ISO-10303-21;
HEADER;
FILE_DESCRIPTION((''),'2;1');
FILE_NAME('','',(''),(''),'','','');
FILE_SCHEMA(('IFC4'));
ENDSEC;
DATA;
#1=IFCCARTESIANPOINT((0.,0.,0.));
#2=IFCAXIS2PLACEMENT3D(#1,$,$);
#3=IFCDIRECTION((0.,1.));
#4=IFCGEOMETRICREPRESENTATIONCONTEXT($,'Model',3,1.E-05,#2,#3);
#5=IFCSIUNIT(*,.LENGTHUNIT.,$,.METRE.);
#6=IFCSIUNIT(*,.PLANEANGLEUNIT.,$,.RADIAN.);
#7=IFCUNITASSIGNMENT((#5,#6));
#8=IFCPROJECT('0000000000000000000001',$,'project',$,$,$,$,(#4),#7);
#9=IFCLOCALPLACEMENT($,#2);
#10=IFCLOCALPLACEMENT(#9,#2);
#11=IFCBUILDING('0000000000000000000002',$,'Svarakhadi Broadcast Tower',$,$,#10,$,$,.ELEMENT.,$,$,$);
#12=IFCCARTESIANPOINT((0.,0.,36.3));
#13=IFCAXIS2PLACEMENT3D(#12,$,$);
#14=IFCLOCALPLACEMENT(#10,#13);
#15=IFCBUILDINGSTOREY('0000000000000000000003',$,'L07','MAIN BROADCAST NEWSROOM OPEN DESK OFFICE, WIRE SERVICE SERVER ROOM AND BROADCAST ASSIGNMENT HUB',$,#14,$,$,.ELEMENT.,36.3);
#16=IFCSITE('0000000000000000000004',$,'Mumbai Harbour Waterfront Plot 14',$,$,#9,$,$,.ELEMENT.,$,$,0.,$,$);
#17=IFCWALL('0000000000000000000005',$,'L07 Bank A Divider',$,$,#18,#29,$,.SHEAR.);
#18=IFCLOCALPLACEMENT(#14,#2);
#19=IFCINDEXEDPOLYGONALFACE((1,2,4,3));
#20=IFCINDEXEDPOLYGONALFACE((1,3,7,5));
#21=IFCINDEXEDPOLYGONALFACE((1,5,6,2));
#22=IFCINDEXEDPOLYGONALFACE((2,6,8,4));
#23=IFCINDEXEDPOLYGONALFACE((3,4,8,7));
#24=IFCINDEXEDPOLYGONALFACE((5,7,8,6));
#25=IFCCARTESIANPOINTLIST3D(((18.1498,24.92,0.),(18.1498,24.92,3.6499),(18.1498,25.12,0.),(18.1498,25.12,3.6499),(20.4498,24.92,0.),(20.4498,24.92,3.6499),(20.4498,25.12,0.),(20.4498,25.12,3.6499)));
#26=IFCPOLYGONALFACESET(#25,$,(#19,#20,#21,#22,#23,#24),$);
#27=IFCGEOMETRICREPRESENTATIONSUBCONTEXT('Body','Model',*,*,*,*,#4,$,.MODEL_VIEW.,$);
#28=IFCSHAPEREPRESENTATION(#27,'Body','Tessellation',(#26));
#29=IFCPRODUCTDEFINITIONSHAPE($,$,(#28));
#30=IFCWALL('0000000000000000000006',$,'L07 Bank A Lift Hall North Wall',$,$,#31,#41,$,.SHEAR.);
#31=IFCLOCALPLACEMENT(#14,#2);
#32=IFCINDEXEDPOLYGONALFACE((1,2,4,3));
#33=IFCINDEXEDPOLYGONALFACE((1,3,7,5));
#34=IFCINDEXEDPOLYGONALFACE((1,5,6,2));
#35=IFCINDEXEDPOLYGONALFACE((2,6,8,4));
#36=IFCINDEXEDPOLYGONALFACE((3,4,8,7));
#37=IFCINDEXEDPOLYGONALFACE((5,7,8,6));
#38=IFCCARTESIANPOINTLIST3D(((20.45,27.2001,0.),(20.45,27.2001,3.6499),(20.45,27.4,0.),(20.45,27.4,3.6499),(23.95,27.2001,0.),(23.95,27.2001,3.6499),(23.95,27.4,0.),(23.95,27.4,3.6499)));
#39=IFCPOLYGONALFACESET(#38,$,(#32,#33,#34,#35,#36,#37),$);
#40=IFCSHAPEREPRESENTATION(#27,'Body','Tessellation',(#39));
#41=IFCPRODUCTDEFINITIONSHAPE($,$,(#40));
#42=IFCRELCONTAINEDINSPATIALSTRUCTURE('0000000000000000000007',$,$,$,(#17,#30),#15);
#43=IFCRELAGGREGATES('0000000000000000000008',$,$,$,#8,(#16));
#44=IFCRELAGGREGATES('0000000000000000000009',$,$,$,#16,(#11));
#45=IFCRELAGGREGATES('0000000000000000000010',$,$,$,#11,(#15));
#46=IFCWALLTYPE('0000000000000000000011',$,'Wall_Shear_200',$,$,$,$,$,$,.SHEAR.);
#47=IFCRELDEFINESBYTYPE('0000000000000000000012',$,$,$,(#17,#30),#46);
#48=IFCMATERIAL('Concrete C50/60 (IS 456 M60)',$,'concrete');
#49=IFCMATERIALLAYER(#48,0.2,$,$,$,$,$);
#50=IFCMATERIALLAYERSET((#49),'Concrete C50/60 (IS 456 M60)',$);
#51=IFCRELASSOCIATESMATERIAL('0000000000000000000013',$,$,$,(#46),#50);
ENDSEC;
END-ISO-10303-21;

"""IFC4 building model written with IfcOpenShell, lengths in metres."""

from ifc_helpers import new_model, si_unit, direction, frame, frame_2d, origin, place, context, subcontext, project, spatial, rectangle, extrude, material, layer, layer_set, type_object, element, save


model = new_model("IFC4")

# Units and contexts
model_context = context("Model", 3, precision=1e-05, world=origin(), true_north=direction((0.0, 1.0)))
body_context = subcontext(model_context, "Body", "Model", "MODEL_VIEW")
ifc_project = project(units=[si_unit("LENGTHUNIT", "METRE"), si_unit("PLANEANGLEUNIT", "RADIAN")], contexts=[model_context])

# Site, building, storey
site_placement = place(None, origin())
site = spatial("IfcSite", under=ifc_project, at=site_placement, Name="Mumbai Harbour Waterfront Plot 14", CompositionType="ELEMENT", RefElevation=0.0)
building_placement = place(site_placement, origin())
building = spatial("IfcBuilding", under=site, at=building_placement, Name="Svarakhadi Broadcast Tower", CompositionType="ELEMENT")
storey_placement = place(building_placement, frame((0.0, 0.0, 36.3)))
storey = spatial("IfcBuildingStorey", under=building, at=storey_placement, Name="L07", Description="MAIN BROADCAST NEWSROOM OPEN DESK OFFICE, WIRE SERVICE SERVER ROOM AND BROADCAST ASSIGNMENT HUB", CompositionType="ELEMENT", Elevation=36.3)

# Walls
ifc_material_1 = material(Name="Concrete C50/60 (IS 456 M60)", Category="concrete")
ifc_layer_1 = layer(ifc_material_1, 0.2)
ifc_layer_set_1 = layer_set([ifc_layer_1], Name="Concrete C50/60 (IS 456 M60)")
wall_type_1 = type_object("IfcWallType", Name="Wall_Shear_200", PredefinedType="SHEAR", material=ifc_layer_set_1)
wall_1_placement = place(storey_placement, frame((18.1499, 25.02, 0.0), z_axis=(0.0, 0.0, 1.0), x_axis=(1.0, 0.0, 0.0)))
element("IfcWall", 1, at=wall_1_placement, inside=storey, type_object=wall_type_1, Name="L07 Bank A Divider", PredefinedType="SHEAR", context=body_context, shape_type="SweptSolid", body=[
    extrude(rectangle(XDim=2.3, YDim=0.2, at=frame_2d((1.1499, 0.0))), origin(), (0.0, 0.0, 1.0), 3.6499),
])
wall_2_placement = place(storey_placement, frame((20.45, 27.3, 0.0), z_axis=(0.0, 0.0, 1.0), x_axis=(1.0, 0.0, 0.0)))
element("IfcWall", 2, at=wall_2_placement, inside=storey, type_object=wall_type_1, Name="L07 Bank A Lift Hall North Wall", PredefinedType="SHEAR", context=body_context, shape_type="SweptSolid", body=[
    extrude(rectangle(XDim=3.5, YDim=0.2, at=frame_2d((1.75, 0.0))), origin(), (0.0, 0.0, 1.0), 3.6499),
])

save(model, "model.ifc")
